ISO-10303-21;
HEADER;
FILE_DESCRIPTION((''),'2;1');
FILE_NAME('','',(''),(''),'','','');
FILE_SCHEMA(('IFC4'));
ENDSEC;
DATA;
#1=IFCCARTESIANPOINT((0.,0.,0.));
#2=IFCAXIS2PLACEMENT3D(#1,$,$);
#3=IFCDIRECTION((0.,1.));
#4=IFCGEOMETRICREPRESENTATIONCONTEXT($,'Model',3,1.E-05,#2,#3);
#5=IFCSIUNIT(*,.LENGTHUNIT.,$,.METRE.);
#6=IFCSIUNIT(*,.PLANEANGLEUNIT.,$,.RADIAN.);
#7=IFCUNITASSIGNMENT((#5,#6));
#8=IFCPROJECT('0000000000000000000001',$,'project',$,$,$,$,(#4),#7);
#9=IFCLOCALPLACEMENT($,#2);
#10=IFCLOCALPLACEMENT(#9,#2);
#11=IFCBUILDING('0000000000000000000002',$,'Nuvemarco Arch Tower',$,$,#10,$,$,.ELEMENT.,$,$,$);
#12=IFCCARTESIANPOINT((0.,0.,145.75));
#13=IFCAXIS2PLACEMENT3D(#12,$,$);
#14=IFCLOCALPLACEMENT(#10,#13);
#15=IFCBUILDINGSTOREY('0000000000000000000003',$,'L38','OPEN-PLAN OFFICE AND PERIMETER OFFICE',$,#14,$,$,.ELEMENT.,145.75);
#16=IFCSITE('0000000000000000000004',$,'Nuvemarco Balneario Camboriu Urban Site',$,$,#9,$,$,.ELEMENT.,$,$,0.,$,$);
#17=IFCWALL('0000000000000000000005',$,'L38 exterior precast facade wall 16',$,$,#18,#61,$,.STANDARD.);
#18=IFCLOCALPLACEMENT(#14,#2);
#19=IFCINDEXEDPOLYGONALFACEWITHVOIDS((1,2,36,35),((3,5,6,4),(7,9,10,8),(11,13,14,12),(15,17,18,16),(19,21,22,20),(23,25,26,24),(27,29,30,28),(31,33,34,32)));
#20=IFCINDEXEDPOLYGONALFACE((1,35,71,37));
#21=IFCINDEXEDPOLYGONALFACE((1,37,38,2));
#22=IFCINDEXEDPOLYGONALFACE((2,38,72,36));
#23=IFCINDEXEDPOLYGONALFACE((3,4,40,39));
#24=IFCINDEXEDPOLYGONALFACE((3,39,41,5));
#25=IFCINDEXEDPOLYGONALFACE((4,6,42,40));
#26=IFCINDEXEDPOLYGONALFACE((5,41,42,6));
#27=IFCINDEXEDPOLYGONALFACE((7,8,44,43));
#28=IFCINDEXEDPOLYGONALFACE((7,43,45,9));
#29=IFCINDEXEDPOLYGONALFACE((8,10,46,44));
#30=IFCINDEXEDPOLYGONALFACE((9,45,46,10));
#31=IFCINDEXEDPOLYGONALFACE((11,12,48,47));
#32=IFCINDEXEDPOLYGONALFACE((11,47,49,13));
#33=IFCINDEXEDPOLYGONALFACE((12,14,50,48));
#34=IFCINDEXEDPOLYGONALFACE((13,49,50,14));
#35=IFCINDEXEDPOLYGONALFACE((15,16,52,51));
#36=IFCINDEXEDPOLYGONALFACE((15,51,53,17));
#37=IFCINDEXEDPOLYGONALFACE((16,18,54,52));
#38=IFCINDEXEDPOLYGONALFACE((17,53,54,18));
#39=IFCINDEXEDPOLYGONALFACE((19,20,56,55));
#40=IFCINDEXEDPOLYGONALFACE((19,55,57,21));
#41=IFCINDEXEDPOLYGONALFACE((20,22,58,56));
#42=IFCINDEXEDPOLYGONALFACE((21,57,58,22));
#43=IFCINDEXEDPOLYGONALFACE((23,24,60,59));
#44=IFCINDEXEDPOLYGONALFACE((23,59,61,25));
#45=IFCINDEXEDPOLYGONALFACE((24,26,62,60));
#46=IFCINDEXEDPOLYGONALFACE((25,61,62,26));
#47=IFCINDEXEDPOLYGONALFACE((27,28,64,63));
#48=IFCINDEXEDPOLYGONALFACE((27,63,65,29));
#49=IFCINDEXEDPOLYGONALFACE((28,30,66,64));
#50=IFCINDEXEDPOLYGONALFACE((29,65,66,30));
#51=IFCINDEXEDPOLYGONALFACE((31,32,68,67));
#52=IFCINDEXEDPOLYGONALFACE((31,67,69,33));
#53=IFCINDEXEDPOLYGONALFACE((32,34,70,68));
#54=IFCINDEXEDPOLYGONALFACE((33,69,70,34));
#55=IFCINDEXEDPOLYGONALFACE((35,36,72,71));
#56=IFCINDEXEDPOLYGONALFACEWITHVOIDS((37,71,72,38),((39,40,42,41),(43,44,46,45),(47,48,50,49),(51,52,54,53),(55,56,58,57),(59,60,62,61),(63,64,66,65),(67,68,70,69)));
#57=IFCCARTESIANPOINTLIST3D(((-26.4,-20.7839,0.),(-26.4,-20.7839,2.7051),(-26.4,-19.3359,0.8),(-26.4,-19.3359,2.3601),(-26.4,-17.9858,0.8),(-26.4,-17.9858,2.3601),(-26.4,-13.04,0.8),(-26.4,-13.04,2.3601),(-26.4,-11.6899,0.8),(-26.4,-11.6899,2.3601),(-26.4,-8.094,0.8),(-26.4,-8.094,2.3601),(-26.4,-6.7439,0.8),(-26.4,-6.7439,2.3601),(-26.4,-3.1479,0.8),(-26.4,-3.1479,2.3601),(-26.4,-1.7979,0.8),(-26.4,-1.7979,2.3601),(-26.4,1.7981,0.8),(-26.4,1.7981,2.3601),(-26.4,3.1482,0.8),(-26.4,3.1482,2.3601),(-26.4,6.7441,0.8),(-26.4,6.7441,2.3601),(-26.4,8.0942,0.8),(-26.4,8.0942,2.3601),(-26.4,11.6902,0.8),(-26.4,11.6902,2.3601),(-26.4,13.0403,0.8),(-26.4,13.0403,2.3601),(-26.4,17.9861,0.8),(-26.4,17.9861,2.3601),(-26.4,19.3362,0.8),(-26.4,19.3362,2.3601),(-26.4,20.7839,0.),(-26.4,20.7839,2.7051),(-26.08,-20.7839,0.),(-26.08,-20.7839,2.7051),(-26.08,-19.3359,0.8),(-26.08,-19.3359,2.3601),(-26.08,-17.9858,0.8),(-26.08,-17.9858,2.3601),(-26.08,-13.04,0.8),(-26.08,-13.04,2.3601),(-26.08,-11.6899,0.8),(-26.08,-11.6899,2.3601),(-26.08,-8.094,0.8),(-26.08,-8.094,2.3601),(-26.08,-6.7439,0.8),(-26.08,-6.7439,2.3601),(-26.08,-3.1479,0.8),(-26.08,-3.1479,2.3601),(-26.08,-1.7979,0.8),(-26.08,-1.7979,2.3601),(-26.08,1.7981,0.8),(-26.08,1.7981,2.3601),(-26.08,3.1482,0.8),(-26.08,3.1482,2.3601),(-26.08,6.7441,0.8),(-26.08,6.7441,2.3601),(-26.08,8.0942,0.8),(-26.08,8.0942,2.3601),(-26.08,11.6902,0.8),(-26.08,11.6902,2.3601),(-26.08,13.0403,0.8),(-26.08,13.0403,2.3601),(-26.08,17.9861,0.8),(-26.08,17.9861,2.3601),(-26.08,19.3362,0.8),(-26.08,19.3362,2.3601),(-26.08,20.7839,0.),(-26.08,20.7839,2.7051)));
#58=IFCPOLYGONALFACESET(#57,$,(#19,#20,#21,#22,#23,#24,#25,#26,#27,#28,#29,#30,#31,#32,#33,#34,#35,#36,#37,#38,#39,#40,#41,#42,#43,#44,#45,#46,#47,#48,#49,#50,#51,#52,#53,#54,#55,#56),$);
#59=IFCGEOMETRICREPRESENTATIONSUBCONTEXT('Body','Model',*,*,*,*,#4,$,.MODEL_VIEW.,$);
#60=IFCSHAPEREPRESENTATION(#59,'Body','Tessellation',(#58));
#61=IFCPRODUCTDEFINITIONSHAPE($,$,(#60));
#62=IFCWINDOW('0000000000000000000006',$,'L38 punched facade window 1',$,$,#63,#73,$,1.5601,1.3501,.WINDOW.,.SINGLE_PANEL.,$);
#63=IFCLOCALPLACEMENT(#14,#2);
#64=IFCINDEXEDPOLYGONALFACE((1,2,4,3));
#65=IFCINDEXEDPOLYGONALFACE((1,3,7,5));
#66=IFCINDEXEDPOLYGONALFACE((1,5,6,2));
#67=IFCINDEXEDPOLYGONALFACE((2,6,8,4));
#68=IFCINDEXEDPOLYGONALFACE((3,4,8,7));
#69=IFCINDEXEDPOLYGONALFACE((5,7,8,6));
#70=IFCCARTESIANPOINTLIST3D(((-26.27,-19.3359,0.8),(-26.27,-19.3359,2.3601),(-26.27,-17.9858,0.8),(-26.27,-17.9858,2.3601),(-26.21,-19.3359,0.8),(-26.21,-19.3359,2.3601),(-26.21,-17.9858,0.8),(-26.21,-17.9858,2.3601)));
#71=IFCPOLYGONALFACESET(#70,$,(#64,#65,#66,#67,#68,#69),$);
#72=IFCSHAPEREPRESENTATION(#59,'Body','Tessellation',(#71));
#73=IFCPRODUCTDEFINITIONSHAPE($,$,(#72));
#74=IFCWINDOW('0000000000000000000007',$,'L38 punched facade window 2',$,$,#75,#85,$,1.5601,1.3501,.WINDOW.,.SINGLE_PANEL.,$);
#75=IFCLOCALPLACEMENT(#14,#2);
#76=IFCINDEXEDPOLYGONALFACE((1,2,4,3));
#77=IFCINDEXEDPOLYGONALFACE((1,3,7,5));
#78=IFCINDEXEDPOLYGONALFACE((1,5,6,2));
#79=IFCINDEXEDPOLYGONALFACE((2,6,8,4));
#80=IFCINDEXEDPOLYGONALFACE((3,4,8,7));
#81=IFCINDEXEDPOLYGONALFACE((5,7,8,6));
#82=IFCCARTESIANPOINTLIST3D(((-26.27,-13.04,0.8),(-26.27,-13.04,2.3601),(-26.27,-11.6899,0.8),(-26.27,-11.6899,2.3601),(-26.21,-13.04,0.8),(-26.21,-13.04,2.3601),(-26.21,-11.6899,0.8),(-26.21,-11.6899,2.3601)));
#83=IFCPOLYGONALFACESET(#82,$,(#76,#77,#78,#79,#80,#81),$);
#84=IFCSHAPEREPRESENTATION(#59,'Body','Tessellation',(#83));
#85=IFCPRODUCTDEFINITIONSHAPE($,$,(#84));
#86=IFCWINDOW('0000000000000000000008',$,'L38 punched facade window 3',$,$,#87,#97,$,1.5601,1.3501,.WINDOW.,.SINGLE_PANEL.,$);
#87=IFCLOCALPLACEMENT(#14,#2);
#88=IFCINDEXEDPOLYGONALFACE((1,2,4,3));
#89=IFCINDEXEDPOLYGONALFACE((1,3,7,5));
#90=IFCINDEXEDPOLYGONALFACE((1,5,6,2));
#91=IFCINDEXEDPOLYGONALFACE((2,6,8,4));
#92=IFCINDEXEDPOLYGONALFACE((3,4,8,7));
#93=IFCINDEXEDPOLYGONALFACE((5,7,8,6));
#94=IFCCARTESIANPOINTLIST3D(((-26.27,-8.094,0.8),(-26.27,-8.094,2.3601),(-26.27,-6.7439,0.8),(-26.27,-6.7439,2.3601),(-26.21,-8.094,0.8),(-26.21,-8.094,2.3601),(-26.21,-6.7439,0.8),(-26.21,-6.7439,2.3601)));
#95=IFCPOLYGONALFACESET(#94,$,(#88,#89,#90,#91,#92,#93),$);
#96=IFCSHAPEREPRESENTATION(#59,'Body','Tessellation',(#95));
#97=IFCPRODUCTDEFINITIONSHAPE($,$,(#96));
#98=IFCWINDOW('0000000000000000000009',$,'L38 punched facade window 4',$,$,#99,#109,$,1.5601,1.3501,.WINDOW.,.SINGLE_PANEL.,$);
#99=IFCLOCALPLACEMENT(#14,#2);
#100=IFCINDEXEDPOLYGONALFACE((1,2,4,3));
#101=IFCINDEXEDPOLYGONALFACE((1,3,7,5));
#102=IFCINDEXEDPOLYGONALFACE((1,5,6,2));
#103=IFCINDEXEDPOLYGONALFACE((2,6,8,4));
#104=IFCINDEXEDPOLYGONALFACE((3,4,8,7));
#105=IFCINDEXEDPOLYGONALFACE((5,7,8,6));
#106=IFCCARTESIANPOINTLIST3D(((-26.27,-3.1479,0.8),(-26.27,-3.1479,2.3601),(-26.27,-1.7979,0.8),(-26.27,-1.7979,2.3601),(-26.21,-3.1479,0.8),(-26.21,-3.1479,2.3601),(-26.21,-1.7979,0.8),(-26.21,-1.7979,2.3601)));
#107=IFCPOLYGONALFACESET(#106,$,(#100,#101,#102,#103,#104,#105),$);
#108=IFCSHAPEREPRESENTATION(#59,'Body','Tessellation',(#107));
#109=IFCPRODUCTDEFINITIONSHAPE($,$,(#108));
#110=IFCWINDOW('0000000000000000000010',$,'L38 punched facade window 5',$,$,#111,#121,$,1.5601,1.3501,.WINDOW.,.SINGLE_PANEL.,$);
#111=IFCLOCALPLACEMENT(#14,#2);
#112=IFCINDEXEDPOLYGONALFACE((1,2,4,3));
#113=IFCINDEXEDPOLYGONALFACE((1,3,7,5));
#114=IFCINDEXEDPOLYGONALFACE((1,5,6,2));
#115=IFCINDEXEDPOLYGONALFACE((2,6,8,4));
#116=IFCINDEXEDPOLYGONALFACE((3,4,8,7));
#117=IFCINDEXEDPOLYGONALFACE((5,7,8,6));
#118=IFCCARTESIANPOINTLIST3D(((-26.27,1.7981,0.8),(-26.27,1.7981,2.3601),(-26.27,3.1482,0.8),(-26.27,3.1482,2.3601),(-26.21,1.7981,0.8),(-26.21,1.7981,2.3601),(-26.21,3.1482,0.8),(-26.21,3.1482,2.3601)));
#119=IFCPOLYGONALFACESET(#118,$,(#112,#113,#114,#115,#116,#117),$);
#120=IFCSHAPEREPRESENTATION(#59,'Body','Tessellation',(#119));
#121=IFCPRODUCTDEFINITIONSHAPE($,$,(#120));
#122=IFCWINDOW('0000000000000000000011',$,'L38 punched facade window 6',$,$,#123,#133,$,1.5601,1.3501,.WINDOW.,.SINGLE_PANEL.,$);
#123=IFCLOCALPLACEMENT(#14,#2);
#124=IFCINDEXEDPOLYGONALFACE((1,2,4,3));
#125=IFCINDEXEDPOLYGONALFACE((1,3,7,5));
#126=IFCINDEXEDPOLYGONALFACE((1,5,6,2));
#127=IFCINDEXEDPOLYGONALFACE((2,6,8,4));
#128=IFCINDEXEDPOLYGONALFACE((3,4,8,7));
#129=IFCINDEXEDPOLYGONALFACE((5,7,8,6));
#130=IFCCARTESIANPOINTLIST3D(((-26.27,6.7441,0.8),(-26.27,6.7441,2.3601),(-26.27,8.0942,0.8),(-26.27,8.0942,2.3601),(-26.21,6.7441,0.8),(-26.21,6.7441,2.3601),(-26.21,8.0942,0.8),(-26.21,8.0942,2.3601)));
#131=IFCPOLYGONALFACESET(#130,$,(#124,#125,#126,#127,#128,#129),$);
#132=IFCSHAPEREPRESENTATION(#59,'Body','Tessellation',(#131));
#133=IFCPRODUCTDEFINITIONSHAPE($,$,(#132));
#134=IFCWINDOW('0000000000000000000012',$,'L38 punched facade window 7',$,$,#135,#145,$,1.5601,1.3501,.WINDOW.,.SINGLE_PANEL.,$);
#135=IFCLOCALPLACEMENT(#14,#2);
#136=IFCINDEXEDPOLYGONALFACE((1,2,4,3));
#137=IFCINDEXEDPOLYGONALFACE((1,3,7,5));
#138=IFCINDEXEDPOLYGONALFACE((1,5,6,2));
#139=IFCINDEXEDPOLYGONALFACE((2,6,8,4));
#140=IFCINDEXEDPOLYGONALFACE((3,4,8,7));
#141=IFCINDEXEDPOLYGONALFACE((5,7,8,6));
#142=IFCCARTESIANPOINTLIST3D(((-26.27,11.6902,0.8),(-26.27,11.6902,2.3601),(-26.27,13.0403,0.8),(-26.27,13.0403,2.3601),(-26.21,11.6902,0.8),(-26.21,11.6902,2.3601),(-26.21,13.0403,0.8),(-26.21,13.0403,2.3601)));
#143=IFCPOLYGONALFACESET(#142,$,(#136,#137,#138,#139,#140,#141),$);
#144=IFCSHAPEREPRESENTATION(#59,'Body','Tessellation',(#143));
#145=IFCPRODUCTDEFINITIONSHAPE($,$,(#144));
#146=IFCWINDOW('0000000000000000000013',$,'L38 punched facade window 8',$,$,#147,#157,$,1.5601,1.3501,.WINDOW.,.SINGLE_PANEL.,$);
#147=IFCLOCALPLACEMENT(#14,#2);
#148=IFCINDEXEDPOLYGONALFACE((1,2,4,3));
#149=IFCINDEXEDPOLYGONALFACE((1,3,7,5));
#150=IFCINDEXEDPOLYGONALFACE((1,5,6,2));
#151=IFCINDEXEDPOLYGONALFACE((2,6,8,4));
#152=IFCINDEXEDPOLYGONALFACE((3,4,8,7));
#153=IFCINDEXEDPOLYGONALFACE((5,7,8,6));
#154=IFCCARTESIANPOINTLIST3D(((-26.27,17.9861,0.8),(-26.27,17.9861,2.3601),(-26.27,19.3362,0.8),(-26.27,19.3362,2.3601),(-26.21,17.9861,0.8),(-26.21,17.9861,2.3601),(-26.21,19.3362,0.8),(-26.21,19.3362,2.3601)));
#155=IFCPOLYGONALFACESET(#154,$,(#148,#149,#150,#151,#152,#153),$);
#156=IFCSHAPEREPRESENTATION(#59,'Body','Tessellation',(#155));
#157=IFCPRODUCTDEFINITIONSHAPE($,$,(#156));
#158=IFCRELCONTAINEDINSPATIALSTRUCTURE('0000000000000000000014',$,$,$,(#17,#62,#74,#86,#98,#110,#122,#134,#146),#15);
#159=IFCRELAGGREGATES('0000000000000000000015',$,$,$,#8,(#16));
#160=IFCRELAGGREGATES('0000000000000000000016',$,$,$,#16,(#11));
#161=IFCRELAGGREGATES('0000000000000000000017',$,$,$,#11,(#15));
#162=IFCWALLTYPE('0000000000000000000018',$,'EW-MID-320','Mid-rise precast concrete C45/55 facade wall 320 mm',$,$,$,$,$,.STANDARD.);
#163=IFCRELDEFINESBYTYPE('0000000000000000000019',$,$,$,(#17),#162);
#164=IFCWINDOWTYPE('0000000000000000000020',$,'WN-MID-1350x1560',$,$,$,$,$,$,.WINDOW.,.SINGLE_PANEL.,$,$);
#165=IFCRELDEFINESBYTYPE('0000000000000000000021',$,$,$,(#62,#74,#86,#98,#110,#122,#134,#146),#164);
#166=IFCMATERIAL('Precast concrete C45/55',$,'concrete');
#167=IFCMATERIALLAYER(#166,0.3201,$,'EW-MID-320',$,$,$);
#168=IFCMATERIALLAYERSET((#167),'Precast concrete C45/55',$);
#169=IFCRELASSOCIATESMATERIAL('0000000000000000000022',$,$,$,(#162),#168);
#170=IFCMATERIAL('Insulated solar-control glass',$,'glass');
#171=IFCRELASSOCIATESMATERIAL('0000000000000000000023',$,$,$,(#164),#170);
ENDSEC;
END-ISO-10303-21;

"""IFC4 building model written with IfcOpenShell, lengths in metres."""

from ifc_helpers import new_model, si_unit, direction, frame, frame_2d, origin, place, context, subcontext, project, spatial, rectangle, extrude, source, transform, mapped, material, layer, layer_set, type_object, type_shapes, element, fill, save


model = new_model("IFC4")

# Units and contexts
model_context = context("Model", 3, precision=1e-05, world=origin(), true_north=direction((0.0, 1.0)))
body_context = subcontext(model_context, "Body", "Model", "MODEL_VIEW")
ifc_project = project(units=[si_unit("LENGTHUNIT", "METRE"), si_unit("PLANEANGLEUNIT", "RADIAN")], contexts=[model_context])

# Site, building, storey
site_placement = place(None, origin())
site = spatial("IfcSite", under=ifc_project, at=site_placement, Name="Nuvemarco Balneario Camboriu Urban Site", CompositionType="ELEMENT", RefElevation=0.0)
building_placement = place(site_placement, origin())
building = spatial("IfcBuilding", under=site, at=building_placement, Name="Nuvemarco Arch Tower", CompositionType="ELEMENT")
storey_placement = place(building_placement, frame((0.0, 0.0, 145.75)))
storey = spatial("IfcBuildingStorey", under=building, at=storey_placement, Name="L38", Description="OPEN-PLAN OFFICE AND PERIMETER OFFICE", CompositionType="ELEMENT", Elevation=145.75)

# Wall, openings, windows
ifc_material_1 = material(Name="Precast concrete C45/55", Category="concrete")
ifc_layer = layer(ifc_material_1, 0.3201, Name="EW-MID-320")
ifc_layer_set = layer_set([ifc_layer], Name="Precast concrete C45/55")
wall_type = type_object("IfcWallType", Name="EW-MID-320", Description="Mid-rise precast concrete C45/55 facade wall 320 mm", PredefinedType="STANDARD", material=ifc_layer_set)
wall_1_placement = place(storey_placement, frame((-26.24, -20.7839, 0.0), z_axis=(0.0, 0.0, 1.0), x_axis=(0.0, 1.0, 0.0)))
wall_1 = element("IfcWall", 1, at=wall_1_placement, inside=storey, type_object=wall_type, Name="L38 exterior precast facade wall 16", PredefinedType="STANDARD", context=body_context, shape_type="SweptSolid", body=[
    extrude(rectangle(XDim=41.5679, YDim=0.3201, at=frame_2d((20.7839, 0.0))), origin(), (0.0, 0.0, 1.0), 2.7051),
])
opening_1_placement = place(wall_1_placement, frame((1.448, 0.0, 0.8)))
opening_1 = element("IfcOpeningElement", 2, at=opening_1_placement, cuts=wall_1, PredefinedType="OPENING", context=body_context, shape_type="SweptSolid", body=[
    extrude(rectangle(XDim=1.3501, YDim=1.5601, at=frame_2d((0.675, 0.78))), frame((0.0, 0.1699, 0.0), z_axis=(0.0, -1.0, 0.0), x_axis=(1.0, 0.0, 0.0)), (0.0, 0.0, 1.0), 0.3401),
])
opening_2_placement = place(wall_1_placement, frame((7.7439, 0.0, 0.8)))
opening_2 = element("IfcOpeningElement", 3, at=opening_2_placement, cuts=wall_1, PredefinedType="OPENING", context=body_context, shape_type="SweptSolid", body=[
    extrude(rectangle(XDim=1.3501, YDim=1.5601, at=frame_2d((0.675, 0.78))), frame((0.0, 0.1699, 0.0), z_axis=(0.0, -1.0, 0.0), x_axis=(1.0, 0.0, 0.0)), (0.0, 0.0, 1.0), 0.3401),
])
opening_3_placement = place(wall_1_placement, frame((12.6899, 0.0, 0.8)))
opening_3 = element("IfcOpeningElement", 4, at=opening_3_placement, cuts=wall_1, PredefinedType="OPENING", context=body_context, shape_type="SweptSolid", body=[
    extrude(rectangle(XDim=1.3501, YDim=1.5601, at=frame_2d((0.675, 0.78))), frame((0.0, 0.1699, 0.0), z_axis=(0.0, -1.0, 0.0), x_axis=(1.0, 0.0, 0.0)), (0.0, 0.0, 1.0), 0.3401),
])
opening_4_placement = place(wall_1_placement, frame((17.636, 0.0, 0.8)))
opening_4 = element("IfcOpeningElement", 5, at=opening_4_placement, cuts=wall_1, PredefinedType="OPENING", context=body_context, shape_type="SweptSolid", body=[
    extrude(rectangle(XDim=1.3501, YDim=1.5601, at=frame_2d((0.675, 0.78))), frame((0.0, 0.1699, 0.0), z_axis=(0.0, -1.0, 0.0), x_axis=(1.0, 0.0, 0.0)), (0.0, 0.0, 1.0), 0.3401),
])
opening_5_placement = place(wall_1_placement, frame((22.582, 0.0, 0.8)))
opening_5 = element("IfcOpeningElement", 6, at=opening_5_placement, cuts=wall_1, PredefinedType="OPENING", context=body_context, shape_type="SweptSolid", body=[
    extrude(rectangle(XDim=1.3501, YDim=1.5601, at=frame_2d((0.675, 0.78))), frame((0.0, 0.1699, 0.0), z_axis=(0.0, -1.0, 0.0), x_axis=(1.0, 0.0, 0.0)), (0.0, 0.0, 1.0), 0.3401),
])
opening_6_placement = place(wall_1_placement, frame((27.5281, 0.0, 0.8)))
opening_6 = element("IfcOpeningElement", 7, at=opening_6_placement, cuts=wall_1, PredefinedType="OPENING", context=body_context, shape_type="SweptSolid", body=[
    extrude(rectangle(XDim=1.3501, YDim=1.5601, at=frame_2d((0.675, 0.78))), frame((0.0, 0.1699, 0.0), z_axis=(0.0, -1.0, 0.0), x_axis=(1.0, 0.0, 0.0)), (0.0, 0.0, 1.0), 0.3401),
])
opening_7_placement = place(wall_1_placement, frame((32.4741, 0.0, 0.8)))
opening_7 = element("IfcOpeningElement", 8, at=opening_7_placement, cuts=wall_1, PredefinedType="OPENING", context=body_context, shape_type="SweptSolid", body=[
    extrude(rectangle(XDim=1.3501, YDim=1.5601, at=frame_2d((0.675, 0.78))), frame((0.0, 0.1699, 0.0), z_axis=(0.0, -1.0, 0.0), x_axis=(1.0, 0.0, 0.0)), (0.0, 0.0, 1.0), 0.3401),
])
opening_8_placement = place(wall_1_placement, frame((38.77, 0.0, 0.8)))
opening_8 = element("IfcOpeningElement", 9, at=opening_8_placement, cuts=wall_1, PredefinedType="OPENING", context=body_context, shape_type="SweptSolid", body=[
    extrude(rectangle(XDim=1.3501, YDim=1.5601, at=frame_2d((0.675, 0.78))), frame((0.0, 0.1699, 0.0), z_axis=(0.0, -1.0, 0.0), x_axis=(1.0, 0.0, 0.0)), (0.0, 0.0, 1.0), 0.3401),
])
ifc_material_2 = material(Name="Insulated solar-control glass", Category="glass")
window_type = type_object("IfcWindowType", Name="WN-MID-1350x1560", PartitioningType="SINGLE_PANEL", PredefinedType="WINDOW", material=ifc_material_2)
shared_shape_1 = source(origin(), body_context, "Body", "SweptSolid", [
    extrude(rectangle(XDim=1.3501, YDim=1.5601, at=frame_2d((0.675, 0.78))), frame((0.0, 0.03, 0.0), z_axis=(0.0, -1.0, 0.0), x_axis=(1.0, 0.0, 0.0)), (0.0, 0.0, 1.0), 0.0601),
])
type_shapes(window_type, [shared_shape_1])
window_1_placement = place(opening_1_placement, origin())
window_1 = element("IfcWindow", 10, at=window_1_placement, inside=storey, type_object=window_type, Name="L38 punched facade window 1", OverallHeight=1.5601, OverallWidth=1.3501, PartitioningType="SINGLE_PANEL", PredefinedType="WINDOW", context=body_context, shape_type="MappedRepresentation", body=[
    mapped(shared_shape_1, transform((0.0, 0.0, 0.0), scale=1.0)),
])
fill(opening_1, window_1)
window_2_placement = place(opening_2_placement, origin())
window_2 = element("IfcWindow", 11, at=window_2_placement, inside=storey, type_object=window_type, Name="L38 punched facade window 2", OverallHeight=1.5601, OverallWidth=1.3501, PartitioningType="SINGLE_PANEL", PredefinedType="WINDOW", context=body_context, shape_type="MappedRepresentation", body=[
    mapped(shared_shape_1, transform((0.0, 0.0, 0.0), scale=1.0)),
])
fill(opening_2, window_2)
window_3_placement = place(opening_3_placement, origin())
window_3 = element("IfcWindow", 12, at=window_3_placement, inside=storey, type_object=window_type, Name="L38 punched facade window 3", OverallHeight=1.5601, OverallWidth=1.3501, PartitioningType="SINGLE_PANEL", PredefinedType="WINDOW", context=body_context, shape_type="MappedRepresentation", body=[
    mapped(shared_shape_1, transform((0.0, 0.0, 0.0), scale=1.0)),
])
fill(opening_3, window_3)
window_4_placement = place(opening_4_placement, origin())
window_4 = element("IfcWindow", 13, at=window_4_placement, inside=storey, type_object=window_type, Name="L38 punched facade window 4", OverallHeight=1.5601, OverallWidth=1.3501, PartitioningType="SINGLE_PANEL", PredefinedType="WINDOW", context=body_context, shape_type="MappedRepresentation", body=[
    mapped(shared_shape_1, transform((0.0, 0.0, 0.0), scale=1.0)),
])
fill(opening_4, window_4)
window_5_placement = place(opening_5_placement, origin())
window_5 = element("IfcWindow", 14, at=window_5_placement, inside=storey, type_object=window_type, Name="L38 punched facade window 5", OverallHeight=1.5601, OverallWidth=1.3501, PartitioningType="SINGLE_PANEL", PredefinedType="WINDOW", context=body_context, shape_type="MappedRepresentation", body=[
    mapped(shared_shape_1, transform((0.0, 0.0, 0.0), scale=1.0)),
])
fill(opening_5, window_5)
window_6_placement = place(opening_6_placement, origin())
window_6 = element("IfcWindow", 15, at=window_6_placement, inside=storey, type_object=window_type, Name="L38 punched facade window 6", OverallHeight=1.5601, OverallWidth=1.3501, PartitioningType="SINGLE_PANEL", PredefinedType="WINDOW", context=body_context, shape_type="MappedRepresentation", body=[
    mapped(shared_shape_1, transform((0.0, 0.0, 0.0), scale=1.0)),
])
fill(opening_6, window_6)
window_7_placement = place(opening_7_placement, origin())
window_7 = element("IfcWindow", 16, at=window_7_placement, inside=storey, type_object=window_type, Name="L38 punched facade window 7", OverallHeight=1.5601, OverallWidth=1.3501, PartitioningType="SINGLE_PANEL", PredefinedType="WINDOW", context=body_context, shape_type="MappedRepresentation", body=[
    mapped(shared_shape_1, transform((0.0, 0.0, 0.0), scale=1.0)),
])
fill(opening_7, window_7)
window_8_placement = place(opening_8_placement, origin())
window_8 = element("IfcWindow", 17, at=window_8_placement, inside=storey, type_object=window_type, Name="L38 punched facade window 8", OverallHeight=1.5601, OverallWidth=1.3501, PartitioningType="SINGLE_PANEL", PredefinedType="WINDOW", context=body_context, shape_type="MappedRepresentation", body=[
    mapped(shared_shape_1, transform((0.0, 0.0, 0.0), scale=1.0)),
])
fill(opening_8, window_8)

save(model, "model.ifc")
